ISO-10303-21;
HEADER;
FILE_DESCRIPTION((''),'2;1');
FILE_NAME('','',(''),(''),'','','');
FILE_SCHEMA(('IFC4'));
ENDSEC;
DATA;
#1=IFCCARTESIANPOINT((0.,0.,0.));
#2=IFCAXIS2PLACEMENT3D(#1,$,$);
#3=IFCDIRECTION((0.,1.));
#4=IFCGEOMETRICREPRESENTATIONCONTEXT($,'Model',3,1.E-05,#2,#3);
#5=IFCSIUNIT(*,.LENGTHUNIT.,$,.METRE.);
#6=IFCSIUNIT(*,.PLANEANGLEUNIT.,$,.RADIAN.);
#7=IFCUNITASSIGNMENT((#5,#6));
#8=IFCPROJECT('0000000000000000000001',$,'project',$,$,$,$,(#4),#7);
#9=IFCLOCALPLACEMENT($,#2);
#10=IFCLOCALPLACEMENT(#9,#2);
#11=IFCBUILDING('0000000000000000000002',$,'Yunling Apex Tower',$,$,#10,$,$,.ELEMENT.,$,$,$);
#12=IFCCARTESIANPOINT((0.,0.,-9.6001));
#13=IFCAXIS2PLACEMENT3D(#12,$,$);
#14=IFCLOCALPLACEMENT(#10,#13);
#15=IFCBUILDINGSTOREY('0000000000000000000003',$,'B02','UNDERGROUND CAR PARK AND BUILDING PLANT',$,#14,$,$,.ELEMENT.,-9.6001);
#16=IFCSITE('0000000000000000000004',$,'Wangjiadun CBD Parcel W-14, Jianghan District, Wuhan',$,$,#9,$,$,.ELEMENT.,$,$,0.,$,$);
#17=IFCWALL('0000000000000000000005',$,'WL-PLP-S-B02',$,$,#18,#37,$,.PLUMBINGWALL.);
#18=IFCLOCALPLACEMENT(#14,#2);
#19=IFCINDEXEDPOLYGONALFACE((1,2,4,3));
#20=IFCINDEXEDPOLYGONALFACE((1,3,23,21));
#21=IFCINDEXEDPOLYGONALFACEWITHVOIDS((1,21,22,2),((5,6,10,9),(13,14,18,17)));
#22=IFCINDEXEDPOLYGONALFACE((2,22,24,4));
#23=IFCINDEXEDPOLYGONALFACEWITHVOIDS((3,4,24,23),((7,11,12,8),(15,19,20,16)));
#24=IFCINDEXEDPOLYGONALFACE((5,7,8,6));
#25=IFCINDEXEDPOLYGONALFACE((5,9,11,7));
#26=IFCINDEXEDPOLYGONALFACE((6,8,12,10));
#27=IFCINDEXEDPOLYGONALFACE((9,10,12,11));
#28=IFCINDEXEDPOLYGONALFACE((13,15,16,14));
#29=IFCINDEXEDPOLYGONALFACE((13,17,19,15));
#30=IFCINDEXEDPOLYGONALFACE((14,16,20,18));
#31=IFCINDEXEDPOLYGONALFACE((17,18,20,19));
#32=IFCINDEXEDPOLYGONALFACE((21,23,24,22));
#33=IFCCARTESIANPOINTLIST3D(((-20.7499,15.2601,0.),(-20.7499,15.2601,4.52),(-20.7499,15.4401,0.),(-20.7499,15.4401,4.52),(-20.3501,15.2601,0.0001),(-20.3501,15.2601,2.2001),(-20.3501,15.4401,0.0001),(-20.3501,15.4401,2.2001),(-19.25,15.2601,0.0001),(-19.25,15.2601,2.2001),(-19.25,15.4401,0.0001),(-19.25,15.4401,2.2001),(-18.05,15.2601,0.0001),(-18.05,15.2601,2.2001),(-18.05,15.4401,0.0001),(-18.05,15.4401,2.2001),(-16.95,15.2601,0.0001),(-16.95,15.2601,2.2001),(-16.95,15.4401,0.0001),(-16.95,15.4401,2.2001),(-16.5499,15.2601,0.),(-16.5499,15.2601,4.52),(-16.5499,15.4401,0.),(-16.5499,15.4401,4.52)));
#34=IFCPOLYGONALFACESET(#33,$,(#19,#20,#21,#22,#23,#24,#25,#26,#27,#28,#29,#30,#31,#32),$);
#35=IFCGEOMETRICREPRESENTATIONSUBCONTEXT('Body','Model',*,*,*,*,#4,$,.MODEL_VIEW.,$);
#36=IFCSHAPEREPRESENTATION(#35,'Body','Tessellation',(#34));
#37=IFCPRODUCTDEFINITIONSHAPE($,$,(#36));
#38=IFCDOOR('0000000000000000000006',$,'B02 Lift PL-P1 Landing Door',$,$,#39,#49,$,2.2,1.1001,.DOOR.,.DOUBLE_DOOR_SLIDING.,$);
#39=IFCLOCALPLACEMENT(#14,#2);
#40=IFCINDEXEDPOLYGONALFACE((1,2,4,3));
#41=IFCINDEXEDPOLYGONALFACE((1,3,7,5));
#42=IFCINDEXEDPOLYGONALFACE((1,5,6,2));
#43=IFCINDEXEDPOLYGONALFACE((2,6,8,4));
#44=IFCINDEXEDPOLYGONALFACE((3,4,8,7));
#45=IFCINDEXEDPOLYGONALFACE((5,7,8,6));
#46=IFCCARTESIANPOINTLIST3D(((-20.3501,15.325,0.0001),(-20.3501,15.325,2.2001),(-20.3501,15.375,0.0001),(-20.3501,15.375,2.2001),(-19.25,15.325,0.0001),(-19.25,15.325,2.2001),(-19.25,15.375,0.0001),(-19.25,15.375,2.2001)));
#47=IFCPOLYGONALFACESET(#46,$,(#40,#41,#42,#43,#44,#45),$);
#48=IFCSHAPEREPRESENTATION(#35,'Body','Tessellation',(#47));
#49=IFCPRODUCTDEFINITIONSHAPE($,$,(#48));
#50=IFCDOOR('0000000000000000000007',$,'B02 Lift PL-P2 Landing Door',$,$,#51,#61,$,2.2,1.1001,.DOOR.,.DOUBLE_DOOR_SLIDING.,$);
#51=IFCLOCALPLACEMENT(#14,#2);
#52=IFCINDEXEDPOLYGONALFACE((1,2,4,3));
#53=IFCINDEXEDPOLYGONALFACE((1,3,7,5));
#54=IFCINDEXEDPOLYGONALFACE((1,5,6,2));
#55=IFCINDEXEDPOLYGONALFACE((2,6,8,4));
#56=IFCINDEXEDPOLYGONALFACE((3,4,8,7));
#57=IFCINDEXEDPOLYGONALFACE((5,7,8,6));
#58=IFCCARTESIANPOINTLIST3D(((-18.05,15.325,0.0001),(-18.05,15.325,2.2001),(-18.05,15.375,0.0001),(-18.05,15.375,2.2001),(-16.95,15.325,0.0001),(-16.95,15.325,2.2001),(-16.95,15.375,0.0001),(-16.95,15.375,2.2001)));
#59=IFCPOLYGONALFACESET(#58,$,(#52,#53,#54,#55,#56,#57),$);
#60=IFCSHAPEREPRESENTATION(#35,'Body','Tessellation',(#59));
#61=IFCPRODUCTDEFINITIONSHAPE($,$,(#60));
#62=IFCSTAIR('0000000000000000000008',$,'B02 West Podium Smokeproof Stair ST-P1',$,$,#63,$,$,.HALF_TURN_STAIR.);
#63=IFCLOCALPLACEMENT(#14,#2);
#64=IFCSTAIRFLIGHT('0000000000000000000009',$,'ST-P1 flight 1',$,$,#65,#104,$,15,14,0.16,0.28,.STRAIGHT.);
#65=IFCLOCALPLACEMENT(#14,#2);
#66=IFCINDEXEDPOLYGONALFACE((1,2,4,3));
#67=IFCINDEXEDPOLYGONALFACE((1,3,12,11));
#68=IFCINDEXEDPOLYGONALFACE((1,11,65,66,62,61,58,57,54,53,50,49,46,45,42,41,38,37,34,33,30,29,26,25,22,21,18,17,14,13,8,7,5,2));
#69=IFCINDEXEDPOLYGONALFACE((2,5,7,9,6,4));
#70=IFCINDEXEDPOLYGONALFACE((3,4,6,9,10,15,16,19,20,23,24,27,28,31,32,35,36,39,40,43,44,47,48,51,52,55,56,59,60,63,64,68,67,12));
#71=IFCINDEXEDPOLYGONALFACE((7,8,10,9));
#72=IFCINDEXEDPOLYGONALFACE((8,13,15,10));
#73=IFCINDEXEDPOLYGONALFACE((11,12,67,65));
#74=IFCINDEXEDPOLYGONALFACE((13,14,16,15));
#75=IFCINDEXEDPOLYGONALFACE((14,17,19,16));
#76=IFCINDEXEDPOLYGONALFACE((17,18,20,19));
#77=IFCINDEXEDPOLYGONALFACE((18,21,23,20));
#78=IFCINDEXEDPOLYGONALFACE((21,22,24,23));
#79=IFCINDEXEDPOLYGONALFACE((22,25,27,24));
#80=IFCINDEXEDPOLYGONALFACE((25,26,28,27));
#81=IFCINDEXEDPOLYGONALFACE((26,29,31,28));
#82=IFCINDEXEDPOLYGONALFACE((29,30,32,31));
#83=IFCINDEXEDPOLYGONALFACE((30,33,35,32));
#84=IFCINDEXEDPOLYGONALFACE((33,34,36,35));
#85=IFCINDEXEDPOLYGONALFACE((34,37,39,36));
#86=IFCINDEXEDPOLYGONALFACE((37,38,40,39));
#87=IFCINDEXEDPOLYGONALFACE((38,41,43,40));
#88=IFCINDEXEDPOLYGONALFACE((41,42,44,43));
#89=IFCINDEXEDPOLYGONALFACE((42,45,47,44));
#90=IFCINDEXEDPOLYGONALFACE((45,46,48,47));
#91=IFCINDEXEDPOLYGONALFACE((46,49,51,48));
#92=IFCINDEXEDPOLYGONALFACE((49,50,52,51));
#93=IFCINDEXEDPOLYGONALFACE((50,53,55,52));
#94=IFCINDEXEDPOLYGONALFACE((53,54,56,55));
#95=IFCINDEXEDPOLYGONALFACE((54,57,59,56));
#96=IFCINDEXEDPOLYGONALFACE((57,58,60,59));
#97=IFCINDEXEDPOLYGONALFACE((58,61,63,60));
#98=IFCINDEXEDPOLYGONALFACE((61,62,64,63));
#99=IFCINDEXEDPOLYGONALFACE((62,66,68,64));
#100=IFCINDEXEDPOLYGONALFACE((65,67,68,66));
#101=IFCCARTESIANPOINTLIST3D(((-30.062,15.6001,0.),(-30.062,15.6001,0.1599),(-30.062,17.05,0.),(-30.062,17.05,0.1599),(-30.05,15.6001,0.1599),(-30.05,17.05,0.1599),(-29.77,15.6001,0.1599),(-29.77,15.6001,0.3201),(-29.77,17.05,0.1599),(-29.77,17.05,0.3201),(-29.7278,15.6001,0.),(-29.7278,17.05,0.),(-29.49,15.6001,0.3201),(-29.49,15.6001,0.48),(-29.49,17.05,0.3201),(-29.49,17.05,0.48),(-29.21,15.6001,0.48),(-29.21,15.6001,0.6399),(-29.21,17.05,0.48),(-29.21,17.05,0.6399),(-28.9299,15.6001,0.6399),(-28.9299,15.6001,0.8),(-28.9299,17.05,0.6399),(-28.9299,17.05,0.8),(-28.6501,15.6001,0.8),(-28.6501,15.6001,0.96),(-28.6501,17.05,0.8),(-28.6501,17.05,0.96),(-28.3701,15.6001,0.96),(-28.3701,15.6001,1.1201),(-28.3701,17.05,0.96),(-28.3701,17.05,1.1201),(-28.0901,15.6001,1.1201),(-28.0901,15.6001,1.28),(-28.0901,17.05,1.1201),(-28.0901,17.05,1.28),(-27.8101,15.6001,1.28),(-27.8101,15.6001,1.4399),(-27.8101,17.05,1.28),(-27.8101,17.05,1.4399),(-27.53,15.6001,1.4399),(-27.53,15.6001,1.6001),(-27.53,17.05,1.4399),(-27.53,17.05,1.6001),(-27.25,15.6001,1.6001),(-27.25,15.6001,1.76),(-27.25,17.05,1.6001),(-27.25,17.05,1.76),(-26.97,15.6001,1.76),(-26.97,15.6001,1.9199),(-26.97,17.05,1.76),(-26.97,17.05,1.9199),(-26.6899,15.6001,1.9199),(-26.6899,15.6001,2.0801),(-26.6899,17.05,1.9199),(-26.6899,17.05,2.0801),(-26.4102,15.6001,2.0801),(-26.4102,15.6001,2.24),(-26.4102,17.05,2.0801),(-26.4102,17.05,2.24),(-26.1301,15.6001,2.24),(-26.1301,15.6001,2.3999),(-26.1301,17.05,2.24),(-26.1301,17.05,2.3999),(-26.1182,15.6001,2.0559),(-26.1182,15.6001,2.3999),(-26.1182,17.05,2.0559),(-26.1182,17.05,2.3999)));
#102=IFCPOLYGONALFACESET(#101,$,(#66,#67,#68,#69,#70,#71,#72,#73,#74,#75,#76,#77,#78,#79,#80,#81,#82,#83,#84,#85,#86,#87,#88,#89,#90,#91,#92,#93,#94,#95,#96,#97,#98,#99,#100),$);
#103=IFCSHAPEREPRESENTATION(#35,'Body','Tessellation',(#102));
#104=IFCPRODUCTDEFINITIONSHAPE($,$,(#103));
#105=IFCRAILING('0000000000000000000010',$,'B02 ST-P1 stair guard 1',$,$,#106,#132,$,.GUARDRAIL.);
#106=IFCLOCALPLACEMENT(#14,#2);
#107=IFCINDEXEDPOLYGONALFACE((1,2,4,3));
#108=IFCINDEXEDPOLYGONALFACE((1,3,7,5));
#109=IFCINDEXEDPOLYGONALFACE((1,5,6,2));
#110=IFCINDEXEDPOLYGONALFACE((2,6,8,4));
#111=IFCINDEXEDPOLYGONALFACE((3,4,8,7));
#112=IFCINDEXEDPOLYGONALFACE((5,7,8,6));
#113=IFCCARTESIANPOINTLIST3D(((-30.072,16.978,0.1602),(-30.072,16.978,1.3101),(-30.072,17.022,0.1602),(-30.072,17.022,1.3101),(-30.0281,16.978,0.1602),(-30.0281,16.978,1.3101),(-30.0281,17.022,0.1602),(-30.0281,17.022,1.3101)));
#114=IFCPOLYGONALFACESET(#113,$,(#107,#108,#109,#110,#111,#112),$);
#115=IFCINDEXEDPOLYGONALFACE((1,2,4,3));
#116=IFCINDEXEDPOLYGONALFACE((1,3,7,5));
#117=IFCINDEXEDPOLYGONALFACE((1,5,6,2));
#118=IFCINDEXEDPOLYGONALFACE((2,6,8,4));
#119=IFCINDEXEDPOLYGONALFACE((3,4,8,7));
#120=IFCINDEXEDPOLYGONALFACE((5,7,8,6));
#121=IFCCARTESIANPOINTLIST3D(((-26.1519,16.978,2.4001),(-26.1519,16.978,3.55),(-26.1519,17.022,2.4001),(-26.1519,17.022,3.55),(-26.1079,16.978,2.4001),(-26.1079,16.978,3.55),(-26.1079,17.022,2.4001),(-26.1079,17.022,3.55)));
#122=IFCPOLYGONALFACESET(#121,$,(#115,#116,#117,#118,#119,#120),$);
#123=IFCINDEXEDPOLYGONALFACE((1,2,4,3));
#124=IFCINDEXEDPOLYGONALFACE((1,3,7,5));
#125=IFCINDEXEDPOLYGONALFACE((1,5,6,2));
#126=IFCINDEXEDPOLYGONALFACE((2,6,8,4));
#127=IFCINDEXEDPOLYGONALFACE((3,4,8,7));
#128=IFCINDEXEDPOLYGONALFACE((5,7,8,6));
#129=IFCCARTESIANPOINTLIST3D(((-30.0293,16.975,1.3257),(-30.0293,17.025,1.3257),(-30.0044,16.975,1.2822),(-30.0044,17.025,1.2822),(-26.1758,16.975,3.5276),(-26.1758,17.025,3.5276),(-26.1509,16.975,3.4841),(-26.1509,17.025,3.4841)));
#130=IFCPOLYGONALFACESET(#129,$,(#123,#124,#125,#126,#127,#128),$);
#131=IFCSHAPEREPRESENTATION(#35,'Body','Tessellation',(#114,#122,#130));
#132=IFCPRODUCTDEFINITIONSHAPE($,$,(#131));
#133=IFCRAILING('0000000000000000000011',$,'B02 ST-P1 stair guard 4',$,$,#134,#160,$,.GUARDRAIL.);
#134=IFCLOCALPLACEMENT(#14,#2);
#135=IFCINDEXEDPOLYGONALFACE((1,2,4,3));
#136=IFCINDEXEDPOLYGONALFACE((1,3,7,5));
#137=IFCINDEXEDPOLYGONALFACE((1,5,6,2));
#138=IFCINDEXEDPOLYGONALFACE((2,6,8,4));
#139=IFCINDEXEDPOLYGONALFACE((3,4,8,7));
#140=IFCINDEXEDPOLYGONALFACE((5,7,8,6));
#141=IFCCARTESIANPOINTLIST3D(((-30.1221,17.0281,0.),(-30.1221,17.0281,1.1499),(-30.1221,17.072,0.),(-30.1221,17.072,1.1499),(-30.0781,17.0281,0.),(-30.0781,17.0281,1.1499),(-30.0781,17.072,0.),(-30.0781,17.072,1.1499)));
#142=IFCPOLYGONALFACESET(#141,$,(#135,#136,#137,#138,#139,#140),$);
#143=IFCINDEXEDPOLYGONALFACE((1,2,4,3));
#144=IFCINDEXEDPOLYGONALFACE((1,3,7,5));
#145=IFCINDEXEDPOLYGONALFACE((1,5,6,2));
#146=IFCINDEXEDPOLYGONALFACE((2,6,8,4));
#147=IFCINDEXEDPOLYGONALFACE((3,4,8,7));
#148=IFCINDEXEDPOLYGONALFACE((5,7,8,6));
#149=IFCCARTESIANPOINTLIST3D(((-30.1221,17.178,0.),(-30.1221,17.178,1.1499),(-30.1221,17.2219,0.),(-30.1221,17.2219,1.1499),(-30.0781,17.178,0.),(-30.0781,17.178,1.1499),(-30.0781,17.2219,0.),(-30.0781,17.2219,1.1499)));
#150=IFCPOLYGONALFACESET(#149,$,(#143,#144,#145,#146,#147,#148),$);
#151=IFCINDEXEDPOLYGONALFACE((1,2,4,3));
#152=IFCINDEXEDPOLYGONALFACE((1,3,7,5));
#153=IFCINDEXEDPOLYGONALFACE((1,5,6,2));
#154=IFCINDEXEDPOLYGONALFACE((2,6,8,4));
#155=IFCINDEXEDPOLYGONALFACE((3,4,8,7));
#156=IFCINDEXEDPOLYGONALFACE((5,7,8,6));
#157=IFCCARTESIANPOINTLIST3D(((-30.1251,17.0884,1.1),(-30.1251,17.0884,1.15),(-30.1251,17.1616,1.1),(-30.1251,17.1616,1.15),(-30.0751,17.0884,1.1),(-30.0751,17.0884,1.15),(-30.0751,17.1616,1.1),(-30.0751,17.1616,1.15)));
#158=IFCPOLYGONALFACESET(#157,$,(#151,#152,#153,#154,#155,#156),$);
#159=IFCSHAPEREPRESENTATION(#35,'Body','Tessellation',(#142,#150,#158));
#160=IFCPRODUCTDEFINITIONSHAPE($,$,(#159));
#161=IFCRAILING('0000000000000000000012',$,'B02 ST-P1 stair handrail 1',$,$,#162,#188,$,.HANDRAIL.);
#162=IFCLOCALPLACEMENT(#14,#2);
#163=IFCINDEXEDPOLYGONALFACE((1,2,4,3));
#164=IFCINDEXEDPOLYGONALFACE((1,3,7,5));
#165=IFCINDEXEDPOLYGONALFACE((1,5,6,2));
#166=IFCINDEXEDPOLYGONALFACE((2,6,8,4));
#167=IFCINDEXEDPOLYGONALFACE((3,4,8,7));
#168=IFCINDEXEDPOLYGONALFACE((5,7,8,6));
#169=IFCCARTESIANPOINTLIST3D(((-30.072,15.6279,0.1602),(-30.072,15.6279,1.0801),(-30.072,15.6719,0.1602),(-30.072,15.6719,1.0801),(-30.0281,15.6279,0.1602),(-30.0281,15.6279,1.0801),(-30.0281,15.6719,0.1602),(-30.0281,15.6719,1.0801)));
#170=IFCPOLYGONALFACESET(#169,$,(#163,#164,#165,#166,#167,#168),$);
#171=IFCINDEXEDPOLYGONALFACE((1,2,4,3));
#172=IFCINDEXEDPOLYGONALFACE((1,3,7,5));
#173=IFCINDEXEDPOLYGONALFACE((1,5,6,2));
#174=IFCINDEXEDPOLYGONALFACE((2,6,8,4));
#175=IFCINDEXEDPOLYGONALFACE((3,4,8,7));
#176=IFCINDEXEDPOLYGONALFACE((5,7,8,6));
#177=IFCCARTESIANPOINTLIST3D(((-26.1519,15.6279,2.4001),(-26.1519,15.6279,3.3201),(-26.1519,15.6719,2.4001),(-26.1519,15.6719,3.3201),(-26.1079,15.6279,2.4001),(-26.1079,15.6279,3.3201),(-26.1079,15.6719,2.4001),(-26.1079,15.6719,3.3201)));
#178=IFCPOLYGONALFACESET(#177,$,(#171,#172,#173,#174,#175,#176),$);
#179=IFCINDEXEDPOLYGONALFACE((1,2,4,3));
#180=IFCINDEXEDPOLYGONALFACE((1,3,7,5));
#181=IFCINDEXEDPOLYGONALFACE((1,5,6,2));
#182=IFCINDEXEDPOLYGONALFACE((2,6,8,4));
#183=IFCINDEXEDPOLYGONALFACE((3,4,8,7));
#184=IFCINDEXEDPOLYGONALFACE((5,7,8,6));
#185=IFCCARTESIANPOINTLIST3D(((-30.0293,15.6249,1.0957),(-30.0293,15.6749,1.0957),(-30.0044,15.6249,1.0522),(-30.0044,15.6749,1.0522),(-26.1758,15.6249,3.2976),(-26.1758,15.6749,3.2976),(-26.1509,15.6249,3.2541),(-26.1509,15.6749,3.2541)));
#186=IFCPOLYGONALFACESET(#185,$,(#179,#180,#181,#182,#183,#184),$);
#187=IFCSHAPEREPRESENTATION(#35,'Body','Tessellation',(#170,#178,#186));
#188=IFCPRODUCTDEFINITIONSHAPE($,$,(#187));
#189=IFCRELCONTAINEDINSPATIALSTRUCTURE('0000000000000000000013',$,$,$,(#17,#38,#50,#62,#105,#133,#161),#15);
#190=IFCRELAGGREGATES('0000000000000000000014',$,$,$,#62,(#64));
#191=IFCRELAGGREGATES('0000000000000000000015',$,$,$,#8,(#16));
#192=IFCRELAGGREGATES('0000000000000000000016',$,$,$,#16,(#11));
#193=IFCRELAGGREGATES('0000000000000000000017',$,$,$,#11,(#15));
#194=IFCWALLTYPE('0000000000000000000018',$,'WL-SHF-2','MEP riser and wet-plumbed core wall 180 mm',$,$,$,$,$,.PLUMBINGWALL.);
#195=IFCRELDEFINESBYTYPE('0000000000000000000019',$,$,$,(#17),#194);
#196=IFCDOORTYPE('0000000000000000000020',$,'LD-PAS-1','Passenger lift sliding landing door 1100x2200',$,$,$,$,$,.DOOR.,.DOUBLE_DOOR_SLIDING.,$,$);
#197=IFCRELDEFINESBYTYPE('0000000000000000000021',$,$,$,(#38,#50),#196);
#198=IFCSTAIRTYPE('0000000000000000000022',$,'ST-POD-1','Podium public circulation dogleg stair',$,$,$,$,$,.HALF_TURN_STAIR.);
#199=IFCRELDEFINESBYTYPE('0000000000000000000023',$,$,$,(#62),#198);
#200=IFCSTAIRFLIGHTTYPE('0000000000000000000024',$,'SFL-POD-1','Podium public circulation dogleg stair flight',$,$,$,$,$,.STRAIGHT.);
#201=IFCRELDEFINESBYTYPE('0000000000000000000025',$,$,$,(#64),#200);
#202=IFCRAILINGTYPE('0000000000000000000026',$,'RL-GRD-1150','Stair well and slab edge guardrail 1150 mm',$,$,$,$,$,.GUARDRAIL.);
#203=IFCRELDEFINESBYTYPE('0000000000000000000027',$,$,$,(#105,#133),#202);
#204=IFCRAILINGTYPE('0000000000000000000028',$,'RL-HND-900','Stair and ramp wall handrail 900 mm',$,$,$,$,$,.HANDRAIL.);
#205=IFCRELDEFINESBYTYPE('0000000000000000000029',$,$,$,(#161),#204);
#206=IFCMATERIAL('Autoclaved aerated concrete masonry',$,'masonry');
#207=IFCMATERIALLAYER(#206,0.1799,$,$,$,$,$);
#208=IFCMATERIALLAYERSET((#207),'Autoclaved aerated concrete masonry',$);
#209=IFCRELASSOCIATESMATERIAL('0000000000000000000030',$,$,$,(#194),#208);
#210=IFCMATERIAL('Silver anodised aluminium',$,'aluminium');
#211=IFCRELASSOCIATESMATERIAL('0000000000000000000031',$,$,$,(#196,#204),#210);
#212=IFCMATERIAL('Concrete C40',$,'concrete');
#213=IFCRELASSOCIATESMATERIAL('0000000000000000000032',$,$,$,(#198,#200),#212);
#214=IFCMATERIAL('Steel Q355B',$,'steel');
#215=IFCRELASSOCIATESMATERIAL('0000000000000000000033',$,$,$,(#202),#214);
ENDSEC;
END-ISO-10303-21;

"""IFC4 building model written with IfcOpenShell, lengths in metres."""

from ifc_helpers import new_model, si_unit, direction, frame, frame_2d, origin, origin_2d, place, context, subcontext, project, spatial, polyline, rectangle, outline, extrude, material, layer, layer_set, type_object, element, fill, aggregate, save


model = new_model("IFC4")

# Units and contexts
model_context = context("Model", 3, precision=1e-05, world=origin(), true_north=direction((0.0, 1.0)))
body_context = subcontext(model_context, "Body", "Model", "MODEL_VIEW")
ifc_project = project(units=[si_unit("LENGTHUNIT", "METRE"), si_unit("PLANEANGLEUNIT", "RADIAN")], contexts=[model_context])

# Site, building, storey
site_placement = place(None, origin())
site = spatial("IfcSite", under=ifc_project, at=site_placement, Name="Wangjiadun CBD Parcel W-14, Jianghan District, Wuhan", CompositionType="ELEMENT", RefElevation=0.0)
building_placement = place(site_placement, origin())
building = spatial("IfcBuilding", under=site, at=building_placement, Name="Yunling Apex Tower", CompositionType="ELEMENT")
storey_placement = place(building_placement, frame((0.0, 0.0, -9.6001)))
storey = spatial("IfcBuildingStorey", under=building, at=storey_placement, Name="B02", Description="UNDERGROUND CAR PARK AND BUILDING PLANT", CompositionType="ELEMENT", Elevation=-9.6001)

# Shared definitions
ifc_material_1 = material(Name="Steel Q355B", Category="steel")

# Shared definitions
ifc_material_2 = material(Name="Concrete C40", Category="concrete")

# Shared definitions
ifc_material_3 = material(Name="Autoclaved aerated concrete masonry", Category="masonry")

# Wall, openings, doors
ifc_layer_1 = layer(ifc_material_3, 0.1799)
ifc_layer_set_1 = layer_set([ifc_layer_1], Name="Autoclaved aerated concrete masonry")
wall_type_1 = type_object("IfcWallType", Name="WL-SHF-2", Description="MEP riser and wet-plumbed core wall 180 mm", PredefinedType="PLUMBINGWALL", material=ifc_layer_set_1)
wall_1_placement = place(storey_placement, frame((-20.75, 15.3501, 0.0), z_axis=(0.0, 0.0, 1.0), x_axis=(1.0, 0.0, 0.0)))
wall_1 = element("IfcWall", 1, at=wall_1_placement, inside=storey, type_object=wall_type_1, Name="WL-PLP-S-B02", PredefinedType="PLUMBINGWALL", context=body_context, shape_type="SweptSolid", body=[
    extrude(rectangle(XDim=4.2, YDim=0.1799, at=frame_2d((2.1001, 0.0))), origin(), (0.0, 0.0, 1.0), 4.52),
])
opening_1_placement = place(wall_1_placement, frame((0.3999, 0.0, 0.0)))
opening_1 = element("IfcOpeningElement", 2, at=opening_1_placement, cuts=wall_1, PredefinedType="OPENING", context=body_context, shape_type="SweptSolid", body=[
    extrude(rectangle(XDim=1.1001, YDim=2.2, at=frame_2d((0.55, 1.1001))), frame((0.0, 0.1001, 0.0), z_axis=(0.0, -1.0, 0.0), x_axis=(1.0, 0.0, 0.0)), (0.0, 0.0, 1.0), 0.2),
])
opening_2_placement = place(wall_1_placement, frame((2.7, 0.0, 0.0)))
opening_2 = element("IfcOpeningElement", 3, at=opening_2_placement, cuts=wall_1, PredefinedType="OPENING", context=body_context, shape_type="SweptSolid", body=[
    extrude(rectangle(XDim=1.1001, YDim=2.2, at=frame_2d((0.55, 1.1001))), frame((0.0, 0.1001, 0.0), z_axis=(0.0, -1.0, 0.0), x_axis=(1.0, 0.0, 0.0)), (0.0, 0.0, 1.0), 0.2),
])
ifc_material_4 = material(Name="Silver anodised aluminium", Category="aluminium")
door_type_1 = type_object("IfcDoorType", Name="LD-PAS-1", Description="Passenger lift sliding landing door 1100x2200", OperationType="DOUBLE_DOOR_SLIDING", PredefinedType="DOOR", material=ifc_material_4)
door_1_placement = place(opening_1_placement, origin())
door_1 = element("IfcDoor", 4, at=door_1_placement, inside=storey, type_object=door_type_1, Name="B02 Lift PL-P1 Landing Door", OperationType="DOUBLE_DOOR_SLIDING", OverallHeight=2.2, OverallWidth=1.1001, PredefinedType="DOOR", context=body_context, shape_type="SweptSolid", body=[
    extrude(rectangle(XDim=1.1001, YDim=2.2, at=frame_2d((0.55, 1.1001))), frame((0.0, 0.0249, 0.0), z_axis=(0.0, -1.0, 0.0), x_axis=(1.0, 0.0, 0.0)), (0.0, 0.0, 1.0), 0.05),
])
fill(opening_1, door_1)
door_2_placement = place(opening_2_placement, origin())
door_2 = element("IfcDoor", 5, at=door_2_placement, inside=storey, type_object=door_type_1, Name="B02 Lift PL-P2 Landing Door", OperationType="DOUBLE_DOOR_SLIDING", OverallHeight=2.2, OverallWidth=1.1001, PredefinedType="DOOR", context=body_context, shape_type="SweptSolid", body=[
    extrude(rectangle(XDim=1.1001, YDim=2.2, at=frame_2d((0.55, 1.1001))), frame((0.0, 0.0249, 0.0), z_axis=(0.0, -1.0, 0.0), x_axis=(1.0, 0.0, 0.0)), (0.0, 0.0, 1.0), 0.05),
])
fill(opening_2, door_2)

# Stair, stair flight
stair_type = type_object("IfcStairType", Name="ST-POD-1", Description="Podium public circulation dogleg stair", PredefinedType="HALF_TURN_STAIR", material=ifc_material_2)
stair_placement = place(storey_placement, origin())
stair = element("IfcStair", 6, at=stair_placement, inside=storey, type_object=stair_type, Name="B02 West Podium Smokeproof Stair ST-P1", PredefinedType="HALF_TURN_STAIR")
stair_flight_type = type_object("IfcStairFlightType", Name="SFL-POD-1", Description="Podium public circulation dogleg stair flight", PredefinedType="STRAIGHT", material=ifc_material_2)
stair_flight_placement = place(storey_placement, frame((-30.05, 16.325, 0.0), z_axis=(0.0, 0.0, 1.0), x_axis=(1.0, 0.0, 0.0)))
stair_flight = element("IfcStairFlight", 7, at=stair_flight_placement, type_object=stair_flight_type, Name="ST-P1 flight 1", NumberOfRisers=15, NumberOfTreads=14, PredefinedType="STRAIGHT", RiserHeight=0.16, TreadLength=0.28, context=body_context, shape_type="SweptSolid", body=[
    extrude(outline(polyline([(-0.012, 0.0), (-0.012, 0.1599), (0.0, 0.1599), (0.28, 0.1599), (0.28, 0.3201), (0.5601, 0.3201), (0.5601, 0.48), (0.8401, 0.48), (0.8401, 0.6399), (1.1201, 0.6399), (1.1201, 0.8), (1.3999, 0.8), (1.3999, 0.96), (1.6799, 0.96), (1.6799, 1.1201), (1.96, 1.1201), (1.96, 1.28), (2.24, 1.28), (2.24, 1.4399), (2.52, 1.4399), (2.52, 1.6001), (2.8, 1.6001), (2.8, 1.76), (3.0801, 1.76), (3.0801, 1.9199), (3.3601, 1.9199), (3.3601, 2.0801), (3.6399, 2.0801), (3.6399, 2.24), (3.9199, 2.24), (3.9199, 2.3999), (3.9319, 2.3999), (3.9319, 2.0559), (0.3223, 0.0), (-0.012, 0.0)])), frame((0.0, 0.7251, 0.0), z_axis=(0.0, -1.0, 0.0), x_axis=(1.0, 0.0, 0.0)), (0.0, 0.0, 1.0), 1.45),
])
aggregate(stair, [stair_flight])

# Railings
railing_type_1 = type_object("IfcRailingType", Name="RL-GRD-1150", Description="Stair well and slab edge guardrail 1150 mm", PredefinedType="GUARDRAIL", material=ifc_material_1)
railing_1_placement = place(storey_placement, frame((-30.05, 17.0, 0.1602)))
element("IfcRailing", 8, at=railing_1_placement, inside=storey, type_object=railing_type_1, Name="B02 ST-P1 stair guard 1", PredefinedType="GUARDRAIL", context=body_context, shape_type="SweptSolid", body=[
    extrude(rectangle(XDim=0.0439, YDim=0.0439, at=origin_2d()), origin(), (0.0, 0.0, 1.0), 1.1499),
    extrude(rectangle(XDim=0.0439, YDim=0.0439, at=origin_2d()), frame((3.9202, 0.0, 2.24)), (0.0, 0.0, 1.0), 1.1499),
    extrude(rectangle(XDim=0.05, YDim=0.05, at=origin_2d()), frame((0.0332, 0.0, 1.1438), z_axis=(0.868253, 0.0, 0.496121), x_axis=(0.0, 1.0, 0.0)), (0.0, 0.0, 1.0), 4.4382),
])
railing_2_placement = place(storey_placement, frame((-30.1001, 17.05, 0.0)))
element("IfcRailing", 9, at=railing_2_placement, inside=storey, type_object=railing_type_1, Name="B02 ST-P1 stair guard 4", PredefinedType="GUARDRAIL", context=body_context, shape_type="SweptSolid", body=[
    extrude(rectangle(XDim=0.0439, YDim=0.0439, at=origin_2d()), origin(), (0.0, 0.0, 1.0), 1.1499),
    extrude(rectangle(XDim=0.0439, YDim=0.0439, at=origin_2d()), frame((0.0, 0.1499, 0.0)), (0.0, 0.0, 1.0), 1.1499),
    extrude(rectangle(XDim=0.05, YDim=0.05, at=origin_2d()), frame((0.0, 0.0383, 1.125), z_axis=(0.0, 1.0, 0.0), x_axis=(-1.0, 0.0, 0.0)), (0.0, 0.0, 1.0), 0.0732),
])
railing_type_2 = type_object("IfcRailingType", Name="RL-HND-900", Description="Stair and ramp wall handrail 900 mm", PredefinedType="HANDRAIL", material=ifc_material_4)
railing_3_placement = place(storey_placement, frame((-30.05, 15.6499, 0.1602)))
element("IfcRailing", 10, at=railing_3_placement, inside=storey, type_object=railing_type_2, Name="B02 ST-P1 stair handrail 1", PredefinedType="HANDRAIL", context=body_context, shape_type="SweptSolid", body=[
    extrude(rectangle(XDim=0.0439, YDim=0.0439, at=origin_2d()), origin(), (0.0, 0.0, 1.0), 0.9199),
    extrude(rectangle(XDim=0.0439, YDim=0.0439, at=origin_2d()), frame((3.9202, 0.0, 2.24)), (0.0, 0.0, 1.0), 0.9199),
    extrude(rectangle(XDim=0.05, YDim=0.05, at=origin_2d()), frame((0.0332, 0.0, 0.9138), z_axis=(0.868253, 0.0, 0.496121), x_axis=(0.0, 1.0, 0.0)), (0.0, 0.0, 1.0), 4.4382),
])

save(model, "model.ifc")
